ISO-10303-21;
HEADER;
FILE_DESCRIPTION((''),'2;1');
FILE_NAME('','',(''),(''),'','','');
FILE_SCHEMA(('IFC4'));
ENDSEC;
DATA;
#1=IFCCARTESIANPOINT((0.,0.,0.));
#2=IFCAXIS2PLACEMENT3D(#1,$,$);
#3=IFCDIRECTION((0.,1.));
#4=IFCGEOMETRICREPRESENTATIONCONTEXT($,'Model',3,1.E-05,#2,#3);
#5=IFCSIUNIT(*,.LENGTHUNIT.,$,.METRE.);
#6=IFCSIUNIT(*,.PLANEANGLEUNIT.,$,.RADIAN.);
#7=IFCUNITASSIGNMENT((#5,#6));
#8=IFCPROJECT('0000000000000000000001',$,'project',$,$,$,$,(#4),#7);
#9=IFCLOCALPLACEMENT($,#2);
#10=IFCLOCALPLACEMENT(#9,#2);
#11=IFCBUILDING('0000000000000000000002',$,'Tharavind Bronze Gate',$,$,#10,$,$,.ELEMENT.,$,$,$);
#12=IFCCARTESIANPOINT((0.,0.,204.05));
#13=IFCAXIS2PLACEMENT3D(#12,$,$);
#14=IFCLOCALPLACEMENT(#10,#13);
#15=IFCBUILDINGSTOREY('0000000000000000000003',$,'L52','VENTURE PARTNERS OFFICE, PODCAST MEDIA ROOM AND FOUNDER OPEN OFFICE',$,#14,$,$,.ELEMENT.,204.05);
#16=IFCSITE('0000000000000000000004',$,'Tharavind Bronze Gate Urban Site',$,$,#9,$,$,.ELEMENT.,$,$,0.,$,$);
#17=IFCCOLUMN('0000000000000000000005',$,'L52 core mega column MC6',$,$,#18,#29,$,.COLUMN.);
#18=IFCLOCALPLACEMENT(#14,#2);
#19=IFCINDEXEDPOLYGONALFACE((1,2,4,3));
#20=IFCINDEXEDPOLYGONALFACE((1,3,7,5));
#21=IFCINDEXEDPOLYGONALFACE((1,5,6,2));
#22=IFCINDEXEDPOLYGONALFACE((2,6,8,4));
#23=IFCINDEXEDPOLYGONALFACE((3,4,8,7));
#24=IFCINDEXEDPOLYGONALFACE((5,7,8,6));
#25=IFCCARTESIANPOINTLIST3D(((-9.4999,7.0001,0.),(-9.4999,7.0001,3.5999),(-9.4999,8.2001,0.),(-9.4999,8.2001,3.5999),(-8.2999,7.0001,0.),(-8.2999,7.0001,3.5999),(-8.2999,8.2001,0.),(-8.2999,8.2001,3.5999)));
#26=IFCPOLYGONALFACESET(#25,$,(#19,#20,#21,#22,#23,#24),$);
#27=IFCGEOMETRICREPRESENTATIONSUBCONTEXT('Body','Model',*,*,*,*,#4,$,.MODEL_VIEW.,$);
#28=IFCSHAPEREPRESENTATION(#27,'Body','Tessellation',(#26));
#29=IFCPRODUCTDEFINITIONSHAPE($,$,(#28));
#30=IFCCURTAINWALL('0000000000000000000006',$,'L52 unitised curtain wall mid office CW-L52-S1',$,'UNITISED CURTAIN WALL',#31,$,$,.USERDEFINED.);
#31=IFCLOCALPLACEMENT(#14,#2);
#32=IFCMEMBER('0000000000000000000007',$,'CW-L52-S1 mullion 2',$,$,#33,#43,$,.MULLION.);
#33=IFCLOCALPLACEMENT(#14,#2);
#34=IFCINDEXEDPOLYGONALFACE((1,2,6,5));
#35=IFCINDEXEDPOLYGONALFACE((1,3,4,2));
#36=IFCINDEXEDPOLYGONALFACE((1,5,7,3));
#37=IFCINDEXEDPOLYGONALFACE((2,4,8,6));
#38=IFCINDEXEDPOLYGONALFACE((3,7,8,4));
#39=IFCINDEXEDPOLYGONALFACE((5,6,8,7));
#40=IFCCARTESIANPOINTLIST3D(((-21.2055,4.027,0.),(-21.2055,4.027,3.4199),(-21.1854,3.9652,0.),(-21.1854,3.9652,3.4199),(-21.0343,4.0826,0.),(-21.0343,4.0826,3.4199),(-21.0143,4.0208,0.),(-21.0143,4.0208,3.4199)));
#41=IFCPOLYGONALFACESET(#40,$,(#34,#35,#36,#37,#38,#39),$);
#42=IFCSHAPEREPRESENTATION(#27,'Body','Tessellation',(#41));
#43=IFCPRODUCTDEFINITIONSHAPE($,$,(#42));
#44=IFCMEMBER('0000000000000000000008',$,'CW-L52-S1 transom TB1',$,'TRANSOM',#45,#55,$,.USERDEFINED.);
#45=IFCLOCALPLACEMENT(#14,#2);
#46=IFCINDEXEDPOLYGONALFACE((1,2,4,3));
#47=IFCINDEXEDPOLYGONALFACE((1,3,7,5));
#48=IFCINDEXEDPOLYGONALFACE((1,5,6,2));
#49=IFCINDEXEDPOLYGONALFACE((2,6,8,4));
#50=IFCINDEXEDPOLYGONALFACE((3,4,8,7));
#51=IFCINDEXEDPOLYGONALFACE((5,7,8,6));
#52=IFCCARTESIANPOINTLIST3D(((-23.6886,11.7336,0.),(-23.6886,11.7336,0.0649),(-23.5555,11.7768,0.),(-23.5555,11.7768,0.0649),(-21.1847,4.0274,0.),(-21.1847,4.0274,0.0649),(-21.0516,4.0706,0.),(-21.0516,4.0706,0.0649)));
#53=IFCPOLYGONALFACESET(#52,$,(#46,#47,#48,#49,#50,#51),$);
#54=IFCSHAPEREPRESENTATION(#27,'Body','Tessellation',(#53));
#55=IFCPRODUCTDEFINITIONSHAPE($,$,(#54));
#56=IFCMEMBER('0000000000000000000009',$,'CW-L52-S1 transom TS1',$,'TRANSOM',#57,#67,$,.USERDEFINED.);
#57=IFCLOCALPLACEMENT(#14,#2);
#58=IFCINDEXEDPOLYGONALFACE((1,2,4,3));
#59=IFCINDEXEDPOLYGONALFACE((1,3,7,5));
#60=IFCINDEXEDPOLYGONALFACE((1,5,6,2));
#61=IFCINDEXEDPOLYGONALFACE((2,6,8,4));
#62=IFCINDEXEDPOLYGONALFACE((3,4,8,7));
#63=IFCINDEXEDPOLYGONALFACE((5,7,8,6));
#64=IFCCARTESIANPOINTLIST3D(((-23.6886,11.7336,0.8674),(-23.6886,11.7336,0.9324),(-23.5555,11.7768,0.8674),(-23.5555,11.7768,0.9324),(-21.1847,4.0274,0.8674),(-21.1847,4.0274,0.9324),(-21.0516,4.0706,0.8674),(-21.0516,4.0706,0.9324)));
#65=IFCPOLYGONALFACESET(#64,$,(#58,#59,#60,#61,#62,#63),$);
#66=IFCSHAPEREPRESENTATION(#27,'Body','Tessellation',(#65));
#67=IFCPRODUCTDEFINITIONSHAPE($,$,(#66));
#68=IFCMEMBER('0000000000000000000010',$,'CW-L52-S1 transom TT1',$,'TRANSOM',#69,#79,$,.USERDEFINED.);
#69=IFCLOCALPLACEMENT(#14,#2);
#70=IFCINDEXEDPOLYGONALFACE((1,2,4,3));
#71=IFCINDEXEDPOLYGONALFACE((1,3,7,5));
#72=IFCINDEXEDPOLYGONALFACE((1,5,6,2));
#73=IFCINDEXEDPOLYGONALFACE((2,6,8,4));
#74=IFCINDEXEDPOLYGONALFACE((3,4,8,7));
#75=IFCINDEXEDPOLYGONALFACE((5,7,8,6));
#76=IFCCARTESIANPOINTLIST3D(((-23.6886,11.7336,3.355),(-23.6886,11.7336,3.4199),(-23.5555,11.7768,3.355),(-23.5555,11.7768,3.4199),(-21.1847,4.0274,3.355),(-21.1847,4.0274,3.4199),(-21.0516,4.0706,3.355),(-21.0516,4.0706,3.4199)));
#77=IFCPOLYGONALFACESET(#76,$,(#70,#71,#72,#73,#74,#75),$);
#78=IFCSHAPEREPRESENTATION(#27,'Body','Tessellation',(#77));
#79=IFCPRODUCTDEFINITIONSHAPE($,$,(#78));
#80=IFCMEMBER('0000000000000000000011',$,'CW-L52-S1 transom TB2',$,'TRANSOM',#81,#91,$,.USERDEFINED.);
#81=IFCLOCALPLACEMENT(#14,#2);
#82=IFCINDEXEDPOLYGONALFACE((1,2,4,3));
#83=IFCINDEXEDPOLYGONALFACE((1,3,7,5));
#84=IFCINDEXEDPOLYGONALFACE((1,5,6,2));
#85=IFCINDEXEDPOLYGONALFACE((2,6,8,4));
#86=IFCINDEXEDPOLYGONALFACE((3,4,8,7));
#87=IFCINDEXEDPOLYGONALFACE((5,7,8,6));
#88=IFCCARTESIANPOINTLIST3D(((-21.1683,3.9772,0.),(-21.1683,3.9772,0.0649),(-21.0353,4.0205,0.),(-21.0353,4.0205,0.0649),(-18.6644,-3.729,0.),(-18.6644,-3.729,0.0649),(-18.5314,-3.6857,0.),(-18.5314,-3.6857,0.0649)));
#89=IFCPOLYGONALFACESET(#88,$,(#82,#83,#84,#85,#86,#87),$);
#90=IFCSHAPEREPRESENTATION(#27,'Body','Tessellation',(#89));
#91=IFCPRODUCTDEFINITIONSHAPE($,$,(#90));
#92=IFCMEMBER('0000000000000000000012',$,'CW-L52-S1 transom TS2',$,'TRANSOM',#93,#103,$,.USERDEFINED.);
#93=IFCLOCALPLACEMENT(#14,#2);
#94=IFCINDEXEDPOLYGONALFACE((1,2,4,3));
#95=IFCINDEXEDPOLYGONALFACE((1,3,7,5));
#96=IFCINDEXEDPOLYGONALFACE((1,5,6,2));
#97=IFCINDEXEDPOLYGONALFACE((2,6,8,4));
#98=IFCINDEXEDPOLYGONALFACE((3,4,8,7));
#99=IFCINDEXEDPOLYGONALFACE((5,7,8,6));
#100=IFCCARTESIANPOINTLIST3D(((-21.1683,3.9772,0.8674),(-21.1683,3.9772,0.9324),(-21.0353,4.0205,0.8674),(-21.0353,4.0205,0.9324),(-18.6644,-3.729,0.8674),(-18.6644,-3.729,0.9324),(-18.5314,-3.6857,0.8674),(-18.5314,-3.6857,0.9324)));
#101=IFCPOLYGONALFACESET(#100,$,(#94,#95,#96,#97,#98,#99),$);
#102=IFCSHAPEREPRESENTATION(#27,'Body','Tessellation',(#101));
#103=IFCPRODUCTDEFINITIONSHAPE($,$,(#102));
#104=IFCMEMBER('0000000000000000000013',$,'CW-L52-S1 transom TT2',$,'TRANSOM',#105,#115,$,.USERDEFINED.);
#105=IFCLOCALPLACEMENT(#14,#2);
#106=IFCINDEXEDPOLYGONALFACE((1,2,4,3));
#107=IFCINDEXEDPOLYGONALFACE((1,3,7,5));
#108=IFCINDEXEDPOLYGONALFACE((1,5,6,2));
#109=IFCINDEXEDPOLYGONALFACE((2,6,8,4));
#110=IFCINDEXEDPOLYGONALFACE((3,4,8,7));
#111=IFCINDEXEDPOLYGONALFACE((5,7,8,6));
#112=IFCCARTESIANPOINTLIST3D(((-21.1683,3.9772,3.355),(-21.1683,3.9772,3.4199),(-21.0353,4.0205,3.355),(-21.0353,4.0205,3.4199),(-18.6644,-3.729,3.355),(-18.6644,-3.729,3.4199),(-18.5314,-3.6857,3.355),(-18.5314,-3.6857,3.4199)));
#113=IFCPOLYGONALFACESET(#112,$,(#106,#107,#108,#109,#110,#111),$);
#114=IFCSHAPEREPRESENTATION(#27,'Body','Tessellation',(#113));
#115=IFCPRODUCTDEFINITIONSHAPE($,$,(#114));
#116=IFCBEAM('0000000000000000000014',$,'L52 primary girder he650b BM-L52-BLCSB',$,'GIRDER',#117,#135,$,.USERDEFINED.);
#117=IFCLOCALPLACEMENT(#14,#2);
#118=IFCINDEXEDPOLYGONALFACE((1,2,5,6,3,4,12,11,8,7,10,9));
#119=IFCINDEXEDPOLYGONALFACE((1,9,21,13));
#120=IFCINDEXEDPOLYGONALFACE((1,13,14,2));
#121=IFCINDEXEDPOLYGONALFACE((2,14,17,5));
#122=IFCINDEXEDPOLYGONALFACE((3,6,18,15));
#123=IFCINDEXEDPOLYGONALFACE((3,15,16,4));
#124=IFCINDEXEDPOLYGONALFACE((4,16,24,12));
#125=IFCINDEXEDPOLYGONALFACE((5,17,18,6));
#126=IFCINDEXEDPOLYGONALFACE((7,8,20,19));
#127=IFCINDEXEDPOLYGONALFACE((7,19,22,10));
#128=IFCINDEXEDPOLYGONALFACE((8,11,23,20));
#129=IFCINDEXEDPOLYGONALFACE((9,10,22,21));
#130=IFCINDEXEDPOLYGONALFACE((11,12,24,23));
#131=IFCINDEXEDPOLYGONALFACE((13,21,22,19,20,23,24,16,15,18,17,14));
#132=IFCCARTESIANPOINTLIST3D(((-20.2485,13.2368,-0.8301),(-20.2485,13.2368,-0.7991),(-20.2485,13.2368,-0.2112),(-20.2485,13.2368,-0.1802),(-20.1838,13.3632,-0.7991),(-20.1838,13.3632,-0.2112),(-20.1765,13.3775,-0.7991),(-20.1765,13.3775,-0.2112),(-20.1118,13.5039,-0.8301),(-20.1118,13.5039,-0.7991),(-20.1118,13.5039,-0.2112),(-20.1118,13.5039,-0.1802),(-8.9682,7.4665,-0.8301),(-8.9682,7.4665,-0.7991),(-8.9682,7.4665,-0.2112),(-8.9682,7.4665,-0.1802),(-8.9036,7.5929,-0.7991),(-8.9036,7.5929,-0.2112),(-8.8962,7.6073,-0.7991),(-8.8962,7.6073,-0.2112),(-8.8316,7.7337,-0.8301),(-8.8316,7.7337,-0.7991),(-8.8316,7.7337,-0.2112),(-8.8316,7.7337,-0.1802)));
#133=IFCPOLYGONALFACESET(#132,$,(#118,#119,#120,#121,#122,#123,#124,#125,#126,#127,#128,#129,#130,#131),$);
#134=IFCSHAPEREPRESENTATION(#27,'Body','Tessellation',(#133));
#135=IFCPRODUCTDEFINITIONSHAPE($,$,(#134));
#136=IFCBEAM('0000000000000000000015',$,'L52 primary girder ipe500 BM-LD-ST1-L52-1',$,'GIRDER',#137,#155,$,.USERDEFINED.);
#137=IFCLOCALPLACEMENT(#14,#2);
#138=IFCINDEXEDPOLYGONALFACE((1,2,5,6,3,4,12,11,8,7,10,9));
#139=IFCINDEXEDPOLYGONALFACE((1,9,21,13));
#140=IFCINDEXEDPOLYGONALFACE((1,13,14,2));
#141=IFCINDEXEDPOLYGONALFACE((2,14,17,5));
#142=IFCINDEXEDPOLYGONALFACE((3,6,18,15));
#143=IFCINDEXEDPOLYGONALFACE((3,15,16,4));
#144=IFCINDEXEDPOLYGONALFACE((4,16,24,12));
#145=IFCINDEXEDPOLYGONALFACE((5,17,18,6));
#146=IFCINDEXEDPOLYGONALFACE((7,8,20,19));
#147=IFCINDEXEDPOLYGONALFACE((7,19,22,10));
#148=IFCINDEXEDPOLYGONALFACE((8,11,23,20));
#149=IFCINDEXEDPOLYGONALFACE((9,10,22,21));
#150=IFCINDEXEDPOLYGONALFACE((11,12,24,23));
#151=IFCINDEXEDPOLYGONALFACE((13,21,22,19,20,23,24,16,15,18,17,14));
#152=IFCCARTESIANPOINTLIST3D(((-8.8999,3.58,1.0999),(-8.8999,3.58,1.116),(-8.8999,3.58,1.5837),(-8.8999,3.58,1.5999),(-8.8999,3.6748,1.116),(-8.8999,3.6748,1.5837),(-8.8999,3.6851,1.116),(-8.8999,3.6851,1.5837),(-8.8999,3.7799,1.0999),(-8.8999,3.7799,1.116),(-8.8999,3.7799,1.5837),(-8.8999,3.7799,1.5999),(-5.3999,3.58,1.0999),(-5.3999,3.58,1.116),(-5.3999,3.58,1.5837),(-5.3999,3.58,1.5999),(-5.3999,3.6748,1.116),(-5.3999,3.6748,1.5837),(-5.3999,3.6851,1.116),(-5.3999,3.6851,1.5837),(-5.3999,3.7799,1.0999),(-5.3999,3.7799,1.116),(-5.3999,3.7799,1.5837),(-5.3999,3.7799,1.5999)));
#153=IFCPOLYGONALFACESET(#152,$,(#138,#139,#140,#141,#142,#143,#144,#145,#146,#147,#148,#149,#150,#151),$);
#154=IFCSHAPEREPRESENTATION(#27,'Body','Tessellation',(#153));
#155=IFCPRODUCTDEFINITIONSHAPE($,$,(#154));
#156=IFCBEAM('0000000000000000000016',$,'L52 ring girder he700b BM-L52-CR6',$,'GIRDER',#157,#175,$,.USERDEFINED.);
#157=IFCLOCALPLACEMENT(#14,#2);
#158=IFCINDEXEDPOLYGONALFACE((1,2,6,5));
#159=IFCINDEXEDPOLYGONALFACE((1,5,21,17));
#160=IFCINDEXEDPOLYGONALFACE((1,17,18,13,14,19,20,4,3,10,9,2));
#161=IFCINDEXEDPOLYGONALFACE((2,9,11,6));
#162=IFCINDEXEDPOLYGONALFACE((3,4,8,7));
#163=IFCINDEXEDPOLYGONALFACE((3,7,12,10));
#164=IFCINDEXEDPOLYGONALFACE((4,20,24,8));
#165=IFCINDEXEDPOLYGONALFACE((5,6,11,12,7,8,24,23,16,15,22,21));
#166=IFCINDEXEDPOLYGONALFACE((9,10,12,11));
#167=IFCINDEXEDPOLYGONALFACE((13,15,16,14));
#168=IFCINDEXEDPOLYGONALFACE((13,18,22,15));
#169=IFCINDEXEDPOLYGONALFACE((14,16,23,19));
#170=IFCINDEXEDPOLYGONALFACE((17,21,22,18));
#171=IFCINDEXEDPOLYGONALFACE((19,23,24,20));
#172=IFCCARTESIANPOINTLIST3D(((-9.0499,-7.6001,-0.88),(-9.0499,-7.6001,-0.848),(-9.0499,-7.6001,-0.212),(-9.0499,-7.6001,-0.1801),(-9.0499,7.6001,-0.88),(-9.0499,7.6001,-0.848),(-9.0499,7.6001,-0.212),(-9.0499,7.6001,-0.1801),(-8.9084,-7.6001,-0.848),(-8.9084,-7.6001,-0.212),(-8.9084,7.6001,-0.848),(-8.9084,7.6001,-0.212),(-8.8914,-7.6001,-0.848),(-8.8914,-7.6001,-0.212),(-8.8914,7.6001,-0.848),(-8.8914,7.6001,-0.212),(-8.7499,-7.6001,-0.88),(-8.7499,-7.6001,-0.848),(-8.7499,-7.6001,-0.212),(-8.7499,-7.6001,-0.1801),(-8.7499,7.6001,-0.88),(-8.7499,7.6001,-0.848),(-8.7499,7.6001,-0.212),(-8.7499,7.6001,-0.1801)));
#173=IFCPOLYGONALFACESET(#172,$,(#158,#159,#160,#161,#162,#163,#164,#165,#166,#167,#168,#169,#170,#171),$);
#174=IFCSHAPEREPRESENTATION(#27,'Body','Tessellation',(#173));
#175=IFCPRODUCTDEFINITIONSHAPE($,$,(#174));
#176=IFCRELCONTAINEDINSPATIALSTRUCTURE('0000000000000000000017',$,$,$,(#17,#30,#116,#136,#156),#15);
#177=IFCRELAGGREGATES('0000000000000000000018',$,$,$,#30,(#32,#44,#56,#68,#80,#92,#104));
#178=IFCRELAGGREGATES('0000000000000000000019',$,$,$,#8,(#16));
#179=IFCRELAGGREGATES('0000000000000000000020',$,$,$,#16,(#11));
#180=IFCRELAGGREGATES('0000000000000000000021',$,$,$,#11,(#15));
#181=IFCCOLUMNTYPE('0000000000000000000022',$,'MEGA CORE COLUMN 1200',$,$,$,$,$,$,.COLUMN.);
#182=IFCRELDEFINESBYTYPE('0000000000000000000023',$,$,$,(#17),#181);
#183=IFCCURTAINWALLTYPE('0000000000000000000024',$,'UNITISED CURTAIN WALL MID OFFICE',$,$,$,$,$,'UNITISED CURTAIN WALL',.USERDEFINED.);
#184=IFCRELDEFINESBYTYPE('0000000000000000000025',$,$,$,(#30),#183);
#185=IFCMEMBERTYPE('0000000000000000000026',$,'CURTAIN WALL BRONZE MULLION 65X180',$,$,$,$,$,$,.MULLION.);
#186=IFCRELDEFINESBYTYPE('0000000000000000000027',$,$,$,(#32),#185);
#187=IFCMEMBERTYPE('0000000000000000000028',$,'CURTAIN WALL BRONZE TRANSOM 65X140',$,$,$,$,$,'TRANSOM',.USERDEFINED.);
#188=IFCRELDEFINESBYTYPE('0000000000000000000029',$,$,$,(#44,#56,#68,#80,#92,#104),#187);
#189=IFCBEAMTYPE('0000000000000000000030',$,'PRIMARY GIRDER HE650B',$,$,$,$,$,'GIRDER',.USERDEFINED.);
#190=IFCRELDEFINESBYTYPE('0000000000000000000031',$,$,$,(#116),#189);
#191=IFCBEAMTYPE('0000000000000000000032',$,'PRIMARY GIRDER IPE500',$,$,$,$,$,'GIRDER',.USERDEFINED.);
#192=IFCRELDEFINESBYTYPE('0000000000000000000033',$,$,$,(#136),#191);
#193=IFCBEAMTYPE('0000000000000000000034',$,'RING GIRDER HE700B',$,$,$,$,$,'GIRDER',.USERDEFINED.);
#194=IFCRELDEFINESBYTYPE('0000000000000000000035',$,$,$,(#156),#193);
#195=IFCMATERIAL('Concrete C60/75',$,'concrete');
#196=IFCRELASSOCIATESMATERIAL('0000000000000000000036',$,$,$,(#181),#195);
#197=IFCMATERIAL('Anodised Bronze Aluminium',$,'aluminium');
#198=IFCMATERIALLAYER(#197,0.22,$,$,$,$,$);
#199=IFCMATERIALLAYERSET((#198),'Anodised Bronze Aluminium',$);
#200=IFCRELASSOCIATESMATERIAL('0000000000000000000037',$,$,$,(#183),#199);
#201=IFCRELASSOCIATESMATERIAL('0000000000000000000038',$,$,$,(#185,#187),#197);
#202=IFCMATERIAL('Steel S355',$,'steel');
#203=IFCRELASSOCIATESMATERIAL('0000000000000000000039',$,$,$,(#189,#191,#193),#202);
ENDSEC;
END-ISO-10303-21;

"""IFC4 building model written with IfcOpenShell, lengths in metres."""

from ifc_helpers import new_model, si_unit, direction, frame, origin, origin_2d, place, context, subcontext, project, spatial, rectangle, i_section, extrude, material, layer, layer_set, material_profile, profile_set, type_object, element, aggregate, save


model = new_model("IFC4")

# Units and contexts
model_context = context("Model", 3, precision=1e-05, world=origin(), true_north=direction((0.0, 1.0)))
body_context = subcontext(model_context, "Body", "Model", "MODEL_VIEW")
ifc_project = project(units=[si_unit("LENGTHUNIT", "METRE"), si_unit("PLANEANGLEUNIT", "RADIAN")], contexts=[model_context])

# Site, building, storey
site_placement = place(None, origin())
site = spatial("IfcSite", under=ifc_project, at=site_placement, Name="Tharavind Bronze Gate Urban Site", CompositionType="ELEMENT", RefElevation=0.0)
building_placement = place(site_placement, origin())
building = spatial("IfcBuilding", under=site, at=building_placement, Name="Tharavind Bronze Gate", CompositionType="ELEMENT")
storey_placement = place(building_placement, frame((0.0, 0.0, 204.05)))
storey = spatial("IfcBuildingStorey", under=building, at=storey_placement, Name="L52", Description="VENTURE PARTNERS OFFICE, PODCAST MEDIA ROOM AND FOUNDER OPEN OFFICE", CompositionType="ELEMENT", Elevation=204.05)

# Column
ifc_material_1 = material(Name="Concrete C60/75", Category="concrete")
ifc_material_profile_1 = material_profile(ifc_material_1, rectangle(XDim=1.2, YDim=1.2, at=origin_2d()), Name="RCCOL1200")
ifc_profile_set_1 = profile_set([ifc_material_profile_1], Name="Concrete C60/75")
column_type = type_object("IfcColumnType", Name="MEGA CORE COLUMN 1200", PredefinedType="COLUMN", material=ifc_profile_set_1)
column_placement = place(storey_placement, frame((-8.8999, 7.6001, 0.0), z_axis=(0.0, 0.0, 1.0), x_axis=(1.0, 0.0, 0.0)))
element("IfcColumn", 1, at=column_placement, inside=storey, type_object=column_type, Name="L52 core mega column MC6", PredefinedType="COLUMN", context=body_context, shape_type="SweptSolid", body=[
    extrude(rectangle(XDim=1.2, YDim=1.2, at=origin_2d()), origin(), (0.0, 0.0, 1.0), 3.5999),
])

# Curtain wall, members
ifc_material_2 = material(Name="Anodised Bronze Aluminium", Category="aluminium")
ifc_layer_1 = layer(ifc_material_2, 0.22)
ifc_layer_set_1 = layer_set([ifc_layer_1], Name="Anodised Bronze Aluminium")
curtain_wall_type = type_object("IfcCurtainWallType", Name="UNITISED CURTAIN WALL MID OFFICE", ElementType="UNITISED CURTAIN WALL", PredefinedType="USERDEFINED", material=ifc_layer_set_1)
curtain_wall_placement = place(storey_placement, origin())
curtain_wall = element("IfcCurtainWall", 2, at=curtain_wall_placement, inside=storey, type_object=curtain_wall_type, Name="L52 unitised curtain wall mid office CW-L52-S1", ObjectType="UNITISED CURTAIN WALL", PredefinedType="USERDEFINED")
member_type_1 = type_object("IfcMemberType", Name="CURTAIN WALL BRONZE MULLION 65X180", PredefinedType="MULLION", material=ifc_material_2)
member_1_placement = place(storey_placement, frame((-21.1099, 4.0239, 0.0), z_axis=(0.0, 0.0, 1.0), x_axis=(0.309017, -0.951057, 0.0)))
member_1 = element("IfcMember", 3, at=member_1_placement, type_object=member_type_1, Name="CW-L52-S1 mullion 2", PredefinedType="MULLION", context=body_context, shape_type="SweptSolid", body=[
    extrude(rectangle(XDim=0.0649, YDim=0.1799, at=origin_2d()), origin(), (0.0, 0.0, 1.0), 3.4199),
])
member_type_2 = type_object("IfcMemberType", Name="CURTAIN WALL BRONZE TRANSOM 65X140", ElementType="TRANSOM", PredefinedType="USERDEFINED", material=ifc_material_2)
member_2_placement = place(storey_placement, frame((-22.3701, 7.9021, 0.0), z_axis=(0.0, 0.0, 1.0), x_axis=(0.309017, -0.951057, 0.0)))
member_2 = element("IfcMember", 4, at=member_2_placement, type_object=member_type_2, Name="CW-L52-S1 transom TB1", ObjectType="TRANSOM", PredefinedType="USERDEFINED", context=body_context, shape_type="SweptSolid", body=[
    extrude(rectangle(XDim=8.1028, YDim=0.1399, at=origin_2d()), origin(), (0.0, 0.0, 1.0), 0.0649),
])
member_3_placement = place(storey_placement, frame((-22.3701, 7.9021, 0.8674), z_axis=(0.0, 0.0, 1.0), x_axis=(0.309017, -0.951057, 0.0)))
member_3 = element("IfcMember", 5, at=member_3_placement, type_object=member_type_2, Name="CW-L52-S1 transom TS1", ObjectType="TRANSOM", PredefinedType="USERDEFINED", context=body_context, shape_type="SweptSolid", body=[
    extrude(rectangle(XDim=8.1028, YDim=0.1399, at=origin_2d()), origin(), (0.0, 0.0, 1.0), 0.0649),
])
member_4_placement = place(storey_placement, frame((-22.3701, 7.9021, 3.355), z_axis=(0.0, 0.0, 1.0), x_axis=(0.309017, -0.951057, 0.0)))
member_4 = element("IfcMember", 6, at=member_4_placement, type_object=member_type_2, Name="CW-L52-S1 transom TT1", ObjectType="TRANSOM", PredefinedType="USERDEFINED", context=body_context, shape_type="SweptSolid", body=[
    extrude(rectangle(XDim=8.1028, YDim=0.1399, at=origin_2d()), origin(), (0.0, 0.0, 1.0), 0.0649),
])
member_5_placement = place(storey_placement, frame((-19.8499, 0.1458, 0.0), z_axis=(0.0, 0.0, 1.0), x_axis=(0.309017, -0.951057, 0.0)))
member_5 = element("IfcMember", 7, at=member_5_placement, type_object=member_type_2, Name="CW-L52-S1 transom TB2", ObjectType="TRANSOM", PredefinedType="USERDEFINED", context=body_context, shape_type="SweptSolid", body=[
    extrude(rectangle(XDim=8.1028, YDim=0.1399, at=origin_2d()), origin(), (0.0, 0.0, 1.0), 0.0649),
])
member_6_placement = place(storey_placement, frame((-19.8499, 0.1458, 0.8674), z_axis=(0.0, 0.0, 1.0), x_axis=(0.309017, -0.951057, 0.0)))
member_6 = element("IfcMember", 8, at=member_6_placement, type_object=member_type_2, Name="CW-L52-S1 transom TS2", ObjectType="TRANSOM", PredefinedType="USERDEFINED", context=body_context, shape_type="SweptSolid", body=[
    extrude(rectangle(XDim=8.1028, YDim=0.1399, at=origin_2d()), origin(), (0.0, 0.0, 1.0), 0.0649),
])
member_7_placement = place(storey_placement, frame((-19.8499, 0.1458, 3.355), z_axis=(0.0, 0.0, 1.0), x_axis=(0.309017, -0.951057, 0.0)))
member_7 = element("IfcMember", 9, at=member_7_placement, type_object=member_type_2, Name="CW-L52-S1 transom TT2", ObjectType="TRANSOM", PredefinedType="USERDEFINED", context=body_context, shape_type="SweptSolid", body=[
    extrude(rectangle(XDim=8.1028, YDim=0.1399, at=origin_2d()), origin(), (0.0, 0.0, 1.0), 0.0649),
])

# Beams
ifc_material_3 = material(Name="Steel S355", Category="steel")
ifc_material_profile_2 = material_profile(ifc_material_3, i_section(OverallWidth=0.3, OverallDepth=0.6499, WebThickness=0.0161, FlangeThickness=0.031, at=origin_2d()), Name="HE650B")
ifc_profile_set_2 = profile_set([ifc_material_profile_2], Name="Steel S355")
beam_type_1 = type_object("IfcBeamType", Name="PRIMARY GIRDER HE650B", ElementType="GIRDER", PredefinedType="USERDEFINED", material=ifc_profile_set_2)
beam_1_placement = place(storey_placement, frame((-8.8999, 7.6001, -0.5051), z_axis=(-0.890281, 0.455411, 0.0), x_axis=(-0.455411, -0.890281, 0.0)))
element("IfcBeam", 10, at=beam_1_placement, inside=storey, type_object=beam_type_1, Name="L52 primary girder he650b BM-L52-BLCSB", ObjectType="GIRDER", PredefinedType="USERDEFINED", context=body_context, shape_type="SweptSolid", body=[
    extrude(i_section(OverallWidth=0.3, OverallDepth=0.6499, WebThickness=0.0161, FlangeThickness=0.031, at=origin_2d()), origin(), (0.0, 0.0, 1.0), 12.6704),
])
ifc_material_profile_3 = material_profile(ifc_material_3, i_section(OverallWidth=0.2, OverallDepth=0.5, WebThickness=0.0103, FlangeThickness=0.0161, at=origin_2d()), Name="IPE500")
ifc_profile_set_3 = profile_set([ifc_material_profile_3], Name="Steel S355")
beam_type_2 = type_object("IfcBeamType", Name="PRIMARY GIRDER IPE500", ElementType="GIRDER", PredefinedType="USERDEFINED", material=ifc_profile_set_3)
beam_2_placement = place(storey_placement, frame((-8.8999, 3.6799, 1.3499), z_axis=(1.0, 0.0, 0.0), x_axis=(0.0, 1.0, 0.0)))
element("IfcBeam", 11, at=beam_2_placement, inside=storey, type_object=beam_type_2, Name="L52 primary girder ipe500 BM-LD-ST1-L52-1", ObjectType="GIRDER", PredefinedType="USERDEFINED", context=body_context, shape_type="SweptSolid", body=[
    extrude(i_section(OverallWidth=0.2, OverallDepth=0.5, WebThickness=0.0103, FlangeThickness=0.0161, at=origin_2d()), origin(), (0.0, 0.0, 1.0), 3.5),
])
ifc_material_profile_4 = material_profile(ifc_material_3, i_section(OverallWidth=0.3, OverallDepth=0.7, WebThickness=0.0171, FlangeThickness=0.032, at=origin_2d()), Name="HE700B")
ifc_profile_set_4 = profile_set([ifc_material_profile_4], Name="Steel S355")
beam_type_3 = type_object("IfcBeamType", Name="RING GIRDER HE700B", ElementType="GIRDER", PredefinedType="USERDEFINED", material=ifc_profile_set_4)
beam_3_placement = place(storey_placement, frame((-8.8999, 7.6001, -0.53), z_axis=(0.0, -1.0, 0.0), x_axis=(1.0, 0.0, 0.0)))
element("IfcBeam", 12, at=beam_3_placement, inside=storey, type_object=beam_type_3, Name="L52 ring girder he700b BM-L52-CR6", ObjectType="GIRDER", PredefinedType="USERDEFINED", context=body_context, shape_type="SweptSolid", body=[
    extrude(i_section(OverallWidth=0.3, OverallDepth=0.7, WebThickness=0.0171, FlangeThickness=0.032, at=origin_2d()), origin(), (0.0, 0.0, 1.0), 15.2002),
])

aggregate(curtain_wall, [member_1, member_2, member_3, member_4, member_5, member_6, member_7])

save(model, "model.ifc")
